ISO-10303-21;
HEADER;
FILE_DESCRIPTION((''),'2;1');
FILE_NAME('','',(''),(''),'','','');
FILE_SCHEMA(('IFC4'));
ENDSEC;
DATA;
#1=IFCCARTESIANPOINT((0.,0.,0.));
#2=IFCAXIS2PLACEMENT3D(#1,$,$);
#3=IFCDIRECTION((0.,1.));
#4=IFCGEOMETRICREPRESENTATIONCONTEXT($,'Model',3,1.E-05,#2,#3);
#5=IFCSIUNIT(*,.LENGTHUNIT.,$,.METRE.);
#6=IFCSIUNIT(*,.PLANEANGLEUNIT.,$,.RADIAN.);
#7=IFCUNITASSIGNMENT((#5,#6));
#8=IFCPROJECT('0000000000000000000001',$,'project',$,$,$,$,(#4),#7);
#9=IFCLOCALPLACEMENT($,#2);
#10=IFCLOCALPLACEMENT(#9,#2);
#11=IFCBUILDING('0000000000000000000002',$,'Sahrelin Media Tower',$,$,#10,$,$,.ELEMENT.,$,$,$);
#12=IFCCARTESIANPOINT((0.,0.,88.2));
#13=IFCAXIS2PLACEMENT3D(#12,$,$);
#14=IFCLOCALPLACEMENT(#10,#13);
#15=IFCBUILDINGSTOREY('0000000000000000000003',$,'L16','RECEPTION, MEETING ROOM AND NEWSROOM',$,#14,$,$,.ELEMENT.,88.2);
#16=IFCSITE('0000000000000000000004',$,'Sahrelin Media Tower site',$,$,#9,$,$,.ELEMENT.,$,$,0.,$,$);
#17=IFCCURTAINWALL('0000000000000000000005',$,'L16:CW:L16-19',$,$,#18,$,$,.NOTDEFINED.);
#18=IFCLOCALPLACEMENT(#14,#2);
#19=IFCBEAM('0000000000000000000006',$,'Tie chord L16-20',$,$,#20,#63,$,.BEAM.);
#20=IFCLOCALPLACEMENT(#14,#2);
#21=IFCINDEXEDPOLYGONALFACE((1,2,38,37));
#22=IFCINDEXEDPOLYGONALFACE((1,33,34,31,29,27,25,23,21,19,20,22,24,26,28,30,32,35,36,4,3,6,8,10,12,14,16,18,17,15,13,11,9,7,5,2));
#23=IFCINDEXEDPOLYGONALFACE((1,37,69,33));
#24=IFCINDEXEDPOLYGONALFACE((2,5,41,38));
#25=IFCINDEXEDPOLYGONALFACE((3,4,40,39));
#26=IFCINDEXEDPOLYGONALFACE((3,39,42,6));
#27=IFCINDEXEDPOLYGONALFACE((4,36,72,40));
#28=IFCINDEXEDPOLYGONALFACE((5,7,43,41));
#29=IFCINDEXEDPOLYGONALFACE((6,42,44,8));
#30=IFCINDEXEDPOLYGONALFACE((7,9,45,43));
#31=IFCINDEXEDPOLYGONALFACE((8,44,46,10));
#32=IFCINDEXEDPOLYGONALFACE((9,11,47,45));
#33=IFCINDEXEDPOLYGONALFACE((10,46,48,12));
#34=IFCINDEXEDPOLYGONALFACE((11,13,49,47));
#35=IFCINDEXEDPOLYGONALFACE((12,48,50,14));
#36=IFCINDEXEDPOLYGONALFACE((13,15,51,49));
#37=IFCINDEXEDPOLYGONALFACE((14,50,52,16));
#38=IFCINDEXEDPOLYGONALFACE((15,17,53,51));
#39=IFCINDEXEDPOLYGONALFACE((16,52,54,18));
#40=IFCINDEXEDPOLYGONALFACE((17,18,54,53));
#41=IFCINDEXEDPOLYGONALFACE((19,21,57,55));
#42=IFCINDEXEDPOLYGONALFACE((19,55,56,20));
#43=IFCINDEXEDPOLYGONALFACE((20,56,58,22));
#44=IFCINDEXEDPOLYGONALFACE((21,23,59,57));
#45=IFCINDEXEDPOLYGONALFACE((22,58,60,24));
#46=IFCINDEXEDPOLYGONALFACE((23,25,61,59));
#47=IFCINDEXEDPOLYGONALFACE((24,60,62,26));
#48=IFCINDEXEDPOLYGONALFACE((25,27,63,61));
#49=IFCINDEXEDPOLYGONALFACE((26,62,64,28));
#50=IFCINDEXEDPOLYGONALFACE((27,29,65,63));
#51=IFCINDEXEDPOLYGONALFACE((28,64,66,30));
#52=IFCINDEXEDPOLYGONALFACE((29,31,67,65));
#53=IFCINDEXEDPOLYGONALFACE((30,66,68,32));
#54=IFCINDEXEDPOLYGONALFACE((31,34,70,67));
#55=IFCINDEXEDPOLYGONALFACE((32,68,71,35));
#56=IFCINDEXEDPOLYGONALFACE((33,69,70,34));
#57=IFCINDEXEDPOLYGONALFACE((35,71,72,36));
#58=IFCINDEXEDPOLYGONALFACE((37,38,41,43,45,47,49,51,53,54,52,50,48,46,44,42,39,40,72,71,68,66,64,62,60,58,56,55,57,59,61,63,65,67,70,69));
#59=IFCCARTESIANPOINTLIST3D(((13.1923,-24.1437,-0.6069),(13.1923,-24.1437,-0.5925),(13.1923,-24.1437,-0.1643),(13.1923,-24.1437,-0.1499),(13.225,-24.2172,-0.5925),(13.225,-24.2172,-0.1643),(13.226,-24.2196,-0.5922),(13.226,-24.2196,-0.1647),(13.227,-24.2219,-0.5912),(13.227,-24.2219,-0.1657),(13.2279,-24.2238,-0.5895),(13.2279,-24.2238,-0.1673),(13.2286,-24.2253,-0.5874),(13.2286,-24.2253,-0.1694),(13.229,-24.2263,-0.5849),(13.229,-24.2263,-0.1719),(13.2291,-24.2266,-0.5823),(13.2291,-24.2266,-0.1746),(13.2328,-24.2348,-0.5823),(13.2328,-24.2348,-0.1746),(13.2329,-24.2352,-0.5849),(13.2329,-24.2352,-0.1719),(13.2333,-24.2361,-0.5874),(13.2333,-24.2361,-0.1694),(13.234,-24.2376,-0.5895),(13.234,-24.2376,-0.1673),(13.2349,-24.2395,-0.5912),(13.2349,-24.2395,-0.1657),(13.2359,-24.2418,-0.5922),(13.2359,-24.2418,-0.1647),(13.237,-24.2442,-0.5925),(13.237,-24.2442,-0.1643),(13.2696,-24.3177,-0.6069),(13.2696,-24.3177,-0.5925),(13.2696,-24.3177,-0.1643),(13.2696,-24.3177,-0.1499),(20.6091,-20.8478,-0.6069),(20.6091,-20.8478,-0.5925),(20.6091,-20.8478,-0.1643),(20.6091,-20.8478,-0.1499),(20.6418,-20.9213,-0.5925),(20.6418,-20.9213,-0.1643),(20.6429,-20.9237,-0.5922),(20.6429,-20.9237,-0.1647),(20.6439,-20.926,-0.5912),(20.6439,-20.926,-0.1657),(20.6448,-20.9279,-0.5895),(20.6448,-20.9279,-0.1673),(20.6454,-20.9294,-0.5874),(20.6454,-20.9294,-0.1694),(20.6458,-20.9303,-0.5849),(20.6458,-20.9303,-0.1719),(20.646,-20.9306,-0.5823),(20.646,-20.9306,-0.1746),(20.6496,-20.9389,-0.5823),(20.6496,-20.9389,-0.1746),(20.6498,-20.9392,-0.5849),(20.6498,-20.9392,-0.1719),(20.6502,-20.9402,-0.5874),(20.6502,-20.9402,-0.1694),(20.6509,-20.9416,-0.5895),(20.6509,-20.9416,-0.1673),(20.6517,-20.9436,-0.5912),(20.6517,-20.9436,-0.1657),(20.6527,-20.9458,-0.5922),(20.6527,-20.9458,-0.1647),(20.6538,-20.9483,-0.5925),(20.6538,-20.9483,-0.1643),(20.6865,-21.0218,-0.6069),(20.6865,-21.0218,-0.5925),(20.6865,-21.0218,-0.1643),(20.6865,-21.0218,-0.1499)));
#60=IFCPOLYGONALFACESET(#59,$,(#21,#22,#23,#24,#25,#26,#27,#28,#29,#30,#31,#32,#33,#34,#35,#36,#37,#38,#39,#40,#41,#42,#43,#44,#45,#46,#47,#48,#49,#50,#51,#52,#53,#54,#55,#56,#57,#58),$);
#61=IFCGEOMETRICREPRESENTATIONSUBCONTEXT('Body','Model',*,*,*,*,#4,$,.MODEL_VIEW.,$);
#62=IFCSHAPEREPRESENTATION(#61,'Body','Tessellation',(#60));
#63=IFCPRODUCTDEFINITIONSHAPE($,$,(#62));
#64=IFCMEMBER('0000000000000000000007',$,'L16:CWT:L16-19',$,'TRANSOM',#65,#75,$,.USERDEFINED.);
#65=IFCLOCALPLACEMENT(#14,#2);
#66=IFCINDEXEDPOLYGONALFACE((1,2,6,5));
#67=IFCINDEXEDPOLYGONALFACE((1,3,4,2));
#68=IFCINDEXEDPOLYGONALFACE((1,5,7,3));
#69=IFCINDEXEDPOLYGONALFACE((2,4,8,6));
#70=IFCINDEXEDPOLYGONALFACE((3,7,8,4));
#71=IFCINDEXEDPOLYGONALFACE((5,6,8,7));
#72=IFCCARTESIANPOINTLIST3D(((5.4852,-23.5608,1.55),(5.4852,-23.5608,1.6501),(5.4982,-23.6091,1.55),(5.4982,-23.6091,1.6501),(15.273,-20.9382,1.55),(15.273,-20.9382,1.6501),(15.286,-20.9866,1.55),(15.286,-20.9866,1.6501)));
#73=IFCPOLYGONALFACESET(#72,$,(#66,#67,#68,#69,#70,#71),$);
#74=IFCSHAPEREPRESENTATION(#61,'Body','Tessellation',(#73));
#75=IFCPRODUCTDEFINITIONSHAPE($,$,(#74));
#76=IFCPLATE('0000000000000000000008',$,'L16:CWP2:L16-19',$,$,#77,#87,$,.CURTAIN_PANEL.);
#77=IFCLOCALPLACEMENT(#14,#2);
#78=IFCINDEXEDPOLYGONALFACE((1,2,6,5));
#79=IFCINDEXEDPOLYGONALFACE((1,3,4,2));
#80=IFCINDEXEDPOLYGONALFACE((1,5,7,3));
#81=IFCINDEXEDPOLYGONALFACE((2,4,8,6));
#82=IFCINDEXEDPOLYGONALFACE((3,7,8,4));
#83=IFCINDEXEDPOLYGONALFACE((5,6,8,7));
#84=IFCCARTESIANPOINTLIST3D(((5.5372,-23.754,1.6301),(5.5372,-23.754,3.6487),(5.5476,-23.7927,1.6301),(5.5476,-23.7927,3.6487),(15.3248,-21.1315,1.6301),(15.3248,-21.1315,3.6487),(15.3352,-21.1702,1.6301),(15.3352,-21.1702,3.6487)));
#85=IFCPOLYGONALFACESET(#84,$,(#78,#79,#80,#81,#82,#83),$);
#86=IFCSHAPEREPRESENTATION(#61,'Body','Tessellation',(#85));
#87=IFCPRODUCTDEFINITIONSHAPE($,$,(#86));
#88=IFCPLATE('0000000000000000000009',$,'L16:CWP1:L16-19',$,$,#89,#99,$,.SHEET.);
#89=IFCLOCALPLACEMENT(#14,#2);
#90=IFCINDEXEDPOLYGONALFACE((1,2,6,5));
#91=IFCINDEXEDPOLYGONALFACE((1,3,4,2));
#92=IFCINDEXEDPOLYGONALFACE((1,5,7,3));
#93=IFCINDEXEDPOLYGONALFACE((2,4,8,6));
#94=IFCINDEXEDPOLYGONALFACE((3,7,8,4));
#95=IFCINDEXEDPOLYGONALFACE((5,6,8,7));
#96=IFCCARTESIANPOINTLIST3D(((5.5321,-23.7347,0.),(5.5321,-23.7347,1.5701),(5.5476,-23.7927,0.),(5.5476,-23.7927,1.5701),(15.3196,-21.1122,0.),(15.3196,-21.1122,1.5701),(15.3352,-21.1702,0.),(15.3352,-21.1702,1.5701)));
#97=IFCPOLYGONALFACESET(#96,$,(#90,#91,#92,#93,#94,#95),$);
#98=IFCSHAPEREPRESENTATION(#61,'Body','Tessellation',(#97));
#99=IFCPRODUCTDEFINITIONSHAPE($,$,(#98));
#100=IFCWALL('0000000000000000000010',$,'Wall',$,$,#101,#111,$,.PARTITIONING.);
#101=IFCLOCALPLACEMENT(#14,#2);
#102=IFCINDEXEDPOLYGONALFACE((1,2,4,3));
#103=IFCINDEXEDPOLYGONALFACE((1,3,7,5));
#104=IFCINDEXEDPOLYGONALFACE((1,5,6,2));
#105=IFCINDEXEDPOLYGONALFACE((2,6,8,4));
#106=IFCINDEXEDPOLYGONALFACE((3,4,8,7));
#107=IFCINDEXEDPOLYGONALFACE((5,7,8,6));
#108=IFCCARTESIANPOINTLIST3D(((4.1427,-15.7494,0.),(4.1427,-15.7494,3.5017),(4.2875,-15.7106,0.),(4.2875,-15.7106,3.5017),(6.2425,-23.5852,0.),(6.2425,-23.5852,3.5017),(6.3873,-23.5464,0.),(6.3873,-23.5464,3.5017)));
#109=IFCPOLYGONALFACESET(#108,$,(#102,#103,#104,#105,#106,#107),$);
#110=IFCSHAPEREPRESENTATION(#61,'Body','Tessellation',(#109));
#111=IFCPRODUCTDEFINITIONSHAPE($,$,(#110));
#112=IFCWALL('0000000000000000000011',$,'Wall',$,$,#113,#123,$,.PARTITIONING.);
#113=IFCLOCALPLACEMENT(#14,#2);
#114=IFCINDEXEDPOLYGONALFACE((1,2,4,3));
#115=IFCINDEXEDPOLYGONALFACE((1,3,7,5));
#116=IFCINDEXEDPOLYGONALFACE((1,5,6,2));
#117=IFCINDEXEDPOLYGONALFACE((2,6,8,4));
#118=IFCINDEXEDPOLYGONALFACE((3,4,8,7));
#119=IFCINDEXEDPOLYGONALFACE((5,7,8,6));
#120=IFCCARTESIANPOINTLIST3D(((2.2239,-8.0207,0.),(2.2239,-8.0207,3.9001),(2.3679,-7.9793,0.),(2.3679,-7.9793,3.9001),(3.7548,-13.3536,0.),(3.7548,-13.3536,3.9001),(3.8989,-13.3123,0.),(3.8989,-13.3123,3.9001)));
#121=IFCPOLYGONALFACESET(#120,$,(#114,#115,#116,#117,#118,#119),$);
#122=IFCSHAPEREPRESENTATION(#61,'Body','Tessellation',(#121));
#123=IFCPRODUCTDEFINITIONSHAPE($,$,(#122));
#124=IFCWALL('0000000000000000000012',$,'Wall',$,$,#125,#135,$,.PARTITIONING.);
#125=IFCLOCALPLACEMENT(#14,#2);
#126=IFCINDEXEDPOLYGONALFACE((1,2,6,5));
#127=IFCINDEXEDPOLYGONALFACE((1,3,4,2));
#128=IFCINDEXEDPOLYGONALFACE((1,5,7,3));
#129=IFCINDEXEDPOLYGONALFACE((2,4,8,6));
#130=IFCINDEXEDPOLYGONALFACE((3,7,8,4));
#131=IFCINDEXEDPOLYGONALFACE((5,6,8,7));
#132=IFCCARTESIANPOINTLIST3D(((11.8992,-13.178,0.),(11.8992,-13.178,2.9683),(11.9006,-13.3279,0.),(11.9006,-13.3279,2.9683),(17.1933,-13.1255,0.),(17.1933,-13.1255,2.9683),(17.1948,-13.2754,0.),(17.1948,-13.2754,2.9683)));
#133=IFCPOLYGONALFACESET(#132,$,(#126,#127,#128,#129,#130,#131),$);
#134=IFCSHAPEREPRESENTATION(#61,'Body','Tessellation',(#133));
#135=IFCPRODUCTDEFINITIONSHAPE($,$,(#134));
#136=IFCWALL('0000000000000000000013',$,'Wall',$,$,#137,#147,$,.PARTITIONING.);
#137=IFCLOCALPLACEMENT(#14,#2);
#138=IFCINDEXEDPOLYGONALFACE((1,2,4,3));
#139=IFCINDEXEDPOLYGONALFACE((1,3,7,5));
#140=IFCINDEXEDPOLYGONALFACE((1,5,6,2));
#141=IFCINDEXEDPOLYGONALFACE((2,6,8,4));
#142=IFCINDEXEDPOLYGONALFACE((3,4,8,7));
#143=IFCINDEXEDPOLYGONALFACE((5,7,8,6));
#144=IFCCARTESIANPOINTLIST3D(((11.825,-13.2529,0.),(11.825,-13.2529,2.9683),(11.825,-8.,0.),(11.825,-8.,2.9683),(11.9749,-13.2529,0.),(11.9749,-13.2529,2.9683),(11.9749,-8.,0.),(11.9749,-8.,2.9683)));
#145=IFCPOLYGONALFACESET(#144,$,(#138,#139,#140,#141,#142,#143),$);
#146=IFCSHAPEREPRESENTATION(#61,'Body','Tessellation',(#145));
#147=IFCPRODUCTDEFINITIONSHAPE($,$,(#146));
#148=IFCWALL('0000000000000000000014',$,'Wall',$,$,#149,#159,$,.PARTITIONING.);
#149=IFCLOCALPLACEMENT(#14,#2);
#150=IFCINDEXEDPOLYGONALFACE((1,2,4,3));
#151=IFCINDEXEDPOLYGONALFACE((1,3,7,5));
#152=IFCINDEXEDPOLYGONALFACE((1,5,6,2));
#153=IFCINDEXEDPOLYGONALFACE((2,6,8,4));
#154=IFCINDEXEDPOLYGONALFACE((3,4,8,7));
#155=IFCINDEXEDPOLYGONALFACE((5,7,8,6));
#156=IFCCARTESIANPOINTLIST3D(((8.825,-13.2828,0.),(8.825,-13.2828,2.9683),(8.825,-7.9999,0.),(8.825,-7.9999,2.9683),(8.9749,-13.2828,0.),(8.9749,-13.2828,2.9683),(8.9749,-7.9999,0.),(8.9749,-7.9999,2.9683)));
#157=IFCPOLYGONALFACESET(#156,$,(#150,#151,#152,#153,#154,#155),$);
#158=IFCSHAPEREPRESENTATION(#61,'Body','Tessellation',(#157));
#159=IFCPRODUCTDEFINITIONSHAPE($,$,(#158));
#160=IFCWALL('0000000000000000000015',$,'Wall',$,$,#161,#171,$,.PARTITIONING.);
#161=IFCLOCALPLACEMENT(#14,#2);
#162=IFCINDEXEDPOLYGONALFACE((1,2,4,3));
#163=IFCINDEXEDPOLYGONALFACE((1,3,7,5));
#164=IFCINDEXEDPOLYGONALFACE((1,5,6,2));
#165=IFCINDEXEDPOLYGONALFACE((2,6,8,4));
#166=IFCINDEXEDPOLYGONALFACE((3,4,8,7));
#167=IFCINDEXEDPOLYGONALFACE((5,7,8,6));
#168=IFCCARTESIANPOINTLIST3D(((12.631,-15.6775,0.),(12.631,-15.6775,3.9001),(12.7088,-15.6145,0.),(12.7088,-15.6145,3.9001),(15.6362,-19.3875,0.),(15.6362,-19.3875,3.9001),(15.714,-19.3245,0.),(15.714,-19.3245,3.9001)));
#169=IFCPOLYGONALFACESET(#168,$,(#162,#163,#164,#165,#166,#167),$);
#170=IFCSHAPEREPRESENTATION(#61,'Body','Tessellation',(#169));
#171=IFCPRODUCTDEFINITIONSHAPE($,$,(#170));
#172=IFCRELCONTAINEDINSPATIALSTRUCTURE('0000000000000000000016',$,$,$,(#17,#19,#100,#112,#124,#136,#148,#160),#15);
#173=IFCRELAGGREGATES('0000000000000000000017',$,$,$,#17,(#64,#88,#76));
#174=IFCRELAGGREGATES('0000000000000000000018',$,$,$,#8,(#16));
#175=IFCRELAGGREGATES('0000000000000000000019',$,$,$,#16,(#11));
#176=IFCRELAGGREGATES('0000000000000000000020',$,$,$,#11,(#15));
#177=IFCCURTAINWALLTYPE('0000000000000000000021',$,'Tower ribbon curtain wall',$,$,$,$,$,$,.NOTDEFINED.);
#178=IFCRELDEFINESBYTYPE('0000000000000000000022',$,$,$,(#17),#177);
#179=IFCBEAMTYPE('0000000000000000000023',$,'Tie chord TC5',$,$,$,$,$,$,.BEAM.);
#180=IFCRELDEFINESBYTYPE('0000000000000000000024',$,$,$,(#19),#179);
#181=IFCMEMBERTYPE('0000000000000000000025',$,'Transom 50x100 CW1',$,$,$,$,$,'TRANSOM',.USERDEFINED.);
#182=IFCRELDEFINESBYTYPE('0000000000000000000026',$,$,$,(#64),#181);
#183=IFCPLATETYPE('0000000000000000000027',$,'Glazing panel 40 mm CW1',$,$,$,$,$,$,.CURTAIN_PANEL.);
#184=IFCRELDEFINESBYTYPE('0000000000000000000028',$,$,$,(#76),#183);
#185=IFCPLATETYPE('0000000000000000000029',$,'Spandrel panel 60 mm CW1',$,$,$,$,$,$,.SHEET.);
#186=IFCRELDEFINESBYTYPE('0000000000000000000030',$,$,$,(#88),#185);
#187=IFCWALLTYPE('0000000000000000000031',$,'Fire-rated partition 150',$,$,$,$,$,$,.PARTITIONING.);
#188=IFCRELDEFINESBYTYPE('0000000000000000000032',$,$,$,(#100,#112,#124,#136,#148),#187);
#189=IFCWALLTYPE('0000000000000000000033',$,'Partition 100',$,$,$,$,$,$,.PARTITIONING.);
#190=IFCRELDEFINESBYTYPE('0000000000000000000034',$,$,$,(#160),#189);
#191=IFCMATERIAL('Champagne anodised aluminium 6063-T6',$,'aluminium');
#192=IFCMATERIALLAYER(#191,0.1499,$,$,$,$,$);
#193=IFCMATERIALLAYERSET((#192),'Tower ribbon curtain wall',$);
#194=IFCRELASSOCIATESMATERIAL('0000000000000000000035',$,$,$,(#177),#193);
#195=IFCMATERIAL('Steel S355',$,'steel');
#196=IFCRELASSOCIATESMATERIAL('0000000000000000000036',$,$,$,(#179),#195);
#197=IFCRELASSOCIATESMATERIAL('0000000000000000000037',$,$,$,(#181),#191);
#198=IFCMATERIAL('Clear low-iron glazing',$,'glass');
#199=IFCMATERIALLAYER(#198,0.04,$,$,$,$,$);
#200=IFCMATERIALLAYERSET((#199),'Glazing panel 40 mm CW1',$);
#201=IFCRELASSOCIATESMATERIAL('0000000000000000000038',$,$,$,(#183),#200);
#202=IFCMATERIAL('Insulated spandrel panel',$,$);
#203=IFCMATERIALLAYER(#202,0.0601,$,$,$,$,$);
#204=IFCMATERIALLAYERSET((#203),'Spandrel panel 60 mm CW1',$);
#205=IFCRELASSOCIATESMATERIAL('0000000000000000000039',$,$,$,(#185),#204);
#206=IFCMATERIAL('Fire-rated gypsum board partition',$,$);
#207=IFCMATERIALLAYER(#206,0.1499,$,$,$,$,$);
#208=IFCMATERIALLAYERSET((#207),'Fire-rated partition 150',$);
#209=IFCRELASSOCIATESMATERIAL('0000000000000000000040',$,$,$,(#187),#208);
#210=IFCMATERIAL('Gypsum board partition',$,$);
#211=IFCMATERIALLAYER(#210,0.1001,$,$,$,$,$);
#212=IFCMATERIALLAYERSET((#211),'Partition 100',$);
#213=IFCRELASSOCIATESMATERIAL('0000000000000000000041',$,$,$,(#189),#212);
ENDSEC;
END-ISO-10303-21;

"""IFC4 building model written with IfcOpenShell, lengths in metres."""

from ifc_helpers import new_model, si_unit, direction, frame, frame_2d, origin, origin_2d, place, context, subcontext, project, spatial, polyline, rectangle, i_section, outline, extrude, material, layer, layer_set, material_profile, profile_set, type_object, element, aggregate, save


model = new_model("IFC4")

# Units and contexts
model_context = context("Model", 3, precision=1e-05, world=origin(), true_north=direction((0.0, 1.0)))
body_context = subcontext(model_context, "Body", "Model", "MODEL_VIEW")
ifc_project = project(units=[si_unit("LENGTHUNIT", "METRE"), si_unit("PLANEANGLEUNIT", "RADIAN")], contexts=[model_context])

# Site, building, storey
site_placement = place(None, origin())
site = spatial("IfcSite", under=ifc_project, at=site_placement, Name="Sahrelin Media Tower site", CompositionType="ELEMENT", RefElevation=0.0)
building_placement = place(site_placement, origin())
building = spatial("IfcBuilding", under=site, at=building_placement, Name="Sahrelin Media Tower", CompositionType="ELEMENT")
storey_placement = place(building_placement, frame((0.0, 0.0, 88.2)))
storey = spatial("IfcBuildingStorey", under=building, at=storey_placement, Name="L16", Description="RECEPTION, MEETING ROOM AND NEWSROOM", CompositionType="ELEMENT", Elevation=88.2)

# Shared definitions
ifc_material_1 = material(Name="Steel S355", Category="steel")

# Curtain wall
ifc_material_2 = material(Name="Champagne anodised aluminium 6063-T6", Category="aluminium")
ifc_layer_1 = layer(ifc_material_2, 0.1499)
ifc_layer_set_1 = layer_set([ifc_layer_1], Name="Tower ribbon curtain wall")
curtain_wall_type = type_object("IfcCurtainWallType", Name="Tower ribbon curtain wall", PredefinedType="NOTDEFINED", material=ifc_layer_set_1)
curtain_wall_1_placement = place(storey_placement, frame((10.4363, -22.4622, 0.0), z_axis=(0.0, 0.0, 1.0), x_axis=(1.0, 0.0, 0.0)))
curtain_wall_1 = element("IfcCurtainWall", 1, at=curtain_wall_1_placement, inside=storey, type_object=curtain_wall_type, Name="L16:CW:L16-19", PredefinedType="NOTDEFINED")

# Beam
ifc_material_profile_1 = material_profile(ifc_material_1, i_section(OverallWidth=0.1904, OverallDepth=0.457, WebThickness=0.009, FlangeThickness=0.0144, FilletRadius=0.0103, at=origin_2d()), Name="UB 457x191x74")
ifc_profile_set_1 = profile_set([ifc_material_profile_1], Name="Steel S355")
beam_type_1 = type_object("IfcBeamType", Name="Tie chord TC5", PredefinedType="BEAM", material=ifc_profile_set_1)
beam_1_placement = place(storey_placement, frame((13.231, -24.2307, -0.3784), z_axis=(0.913831, 0.406094, 0.0), x_axis=(-0.406094, 0.913831, 0.0)))
element("IfcBeam", 2, at=beam_1_placement, inside=storey, type_object=beam_type_1, Name="Tie chord L16-20", PredefinedType="BEAM", context=body_context, shape_type="SweptSolid", body=[
    extrude(i_section(OverallWidth=0.1904, OverallDepth=0.457, WebThickness=0.009, FlangeThickness=0.0144, FilletRadius=0.0103, at=origin_2d()), origin(), (0.0, 0.0, 1.0), 8.1162),
])

# Member
ifc_material_profile_2 = material_profile(ifc_material_2, rectangle(XDim=0.05, YDim=0.1001, at=origin_2d()), Name="Transom 50x100")
ifc_profile_set_2 = profile_set([ifc_material_profile_2], Name="Champagne anodised aluminium 6063-T6")
member_type_1 = type_object("IfcMemberType", Name="Transom 50x100 CW1", ElementType="TRANSOM", PredefinedType="USERDEFINED", material=ifc_profile_set_2)
member_1_placement = place(storey_placement, frame((5.4917, -23.585, 1.6001), z_axis=(0.965928, 0.258811, 0.0), x_axis=(-0.258811, 0.965928, 0.0)))
member_1 = element("IfcMember", 3, at=member_1_placement, type_object=member_type_1, Name="L16:CWT:L16-19", ObjectType="TRANSOM", PredefinedType="USERDEFINED", context=body_context, shape_type="SweptSolid", body=[
    extrude(rectangle(XDim=0.05, YDim=0.1001, at=origin_2d()), origin(), (0.0, 0.0, 1.0), 10.1331),
])

# Plates
ifc_material_3 = material(Name="Clear low-iron glazing", Category="glass")
ifc_layer_2 = layer(ifc_material_3, 0.04)
ifc_layer_set_2 = layer_set([ifc_layer_2], Name="Glazing panel 40 mm CW1")
plate_type_1 = type_object("IfcPlateType", Name="Glazing panel 40 mm CW1", PredefinedType="CURTAIN_PANEL", material=ifc_layer_set_2)
plate_1_placement = place(storey_placement, frame((5.5476, -23.7927, 1.6301), z_axis=(0.258817, -0.965926, 0.0), x_axis=(0.965926, 0.258817, 0.0)))
plate_1 = element("IfcPlate", 4, at=plate_1_placement, type_object=plate_type_1, Name="L16:CWP2:L16-19", PredefinedType="CURTAIN_PANEL", context=body_context, shape_type="SweptSolid", body=[
    extrude(outline(polyline([(0.0, 0.0), (10.1328, 0.0), (10.1328, 2.0186), (0.0, 2.0186), (0.0, 0.0)])), origin(), (0.0, 0.0, -1.0), 0.04),
])
ifc_material_4 = material(Name="Insulated spandrel panel")
ifc_layer_3 = layer(ifc_material_4, 0.0601)
ifc_layer_set_3 = layer_set([ifc_layer_3], Name="Spandrel panel 60 mm CW1")
plate_type_2 = type_object("IfcPlateType", Name="Spandrel panel 60 mm CW1", PredefinedType="SHEET", material=ifc_layer_set_3)
plate_2_placement = place(storey_placement, frame((5.5476, -23.7927, 0.0), z_axis=(0.258817, -0.965926, 0.0), x_axis=(0.965926, 0.258817, 0.0)))
plate_2 = element("IfcPlate", 5, at=plate_2_placement, type_object=plate_type_2, Name="L16:CWP1:L16-19", PredefinedType="SHEET", context=body_context, shape_type="SweptSolid", body=[
    extrude(outline(polyline([(0.0, 0.0), (10.1328, 0.0), (10.1328, 1.5701), (0.0, 1.5701), (0.0, 0.0)])), origin(), (0.0, 0.0, -1.0), 0.0601),
])
aggregate(curtain_wall_1, [member_1, plate_2, plate_1])

# Walls
ifc_material_5 = material(Name="Fire-rated gypsum board partition")
ifc_layer_4 = layer(ifc_material_5, 0.1499)
ifc_layer_set_4 = layer_set([ifc_layer_4], Name="Fire-rated partition 150")
wall_type_1 = type_object("IfcWallType", Name="Fire-rated partition 150", PredefinedType="PARTITIONING", material=ifc_layer_set_4)
wall_1_placement = place(storey_placement, frame((4.2151, -15.73, 0.0), z_axis=(0.0, 0.0, 1.0), x_axis=(0.258844, -0.965919, 0.0)))
element("IfcWall", 6, at=wall_1_placement, inside=storey, type_object=wall_type_1, Name="Wall", PredefinedType="PARTITIONING", context=body_context, shape_type="SweptSolid", body=[
    extrude(rectangle(XDim=8.1123, YDim=0.1499, at=frame_2d((4.0562, 0.0))), origin(), (0.0, 0.0, 1.0), 3.5017),
])
wall_2_placement = place(storey_placement, frame((2.2959, -8.0, 0.0), z_axis=(0.0, 0.0, 1.0), x_axis=(0.275936, -0.961176, 0.0)))
element("IfcWall", 7, at=wall_2_placement, inside=storey, type_object=wall_type_1, Name="Wall", PredefinedType="PARTITIONING", context=body_context, shape_type="SweptSolid", body=[
    extrude(rectangle(XDim=5.5483, YDim=0.1499, at=frame_2d((2.7742, 0.0))), origin(), (0.0, 0.0, 1.0), 3.9001),
])
wall_3_placement = place(storey_placement, frame((11.8999, -13.2529, 0.0), z_axis=(0.0, 0.0, 1.0), x_axis=(0.999951, 0.009914, 0.0)))
element("IfcWall", 8, at=wall_3_placement, inside=storey, type_object=wall_type_1, Name="Wall", PredefinedType="PARTITIONING", context=body_context, shape_type="SweptSolid", body=[
    extrude(rectangle(XDim=5.2944, YDim=0.1499, at=frame_2d((2.6472, 0.0))), origin(), (0.0, 0.0, 1.0), 2.9683),
])
wall_4_placement = place(storey_placement, frame((11.8999, -13.2529, 0.0), z_axis=(0.0, 0.0, 1.0), x_axis=(0.0, 1.0, 0.0)))
element("IfcWall", 9, at=wall_4_placement, inside=storey, type_object=wall_type_1, Name="Wall", PredefinedType="PARTITIONING", context=body_context, shape_type="SweptSolid", body=[
    extrude(rectangle(XDim=5.2529, YDim=0.1499, at=frame_2d((2.6265, 0.0))), origin(), (0.0, 0.0, 1.0), 2.9683),
])
wall_5_placement = place(storey_placement, frame((8.8999, -13.283, 0.0), z_axis=(0.0, 0.0, 1.0), x_axis=(0.0, 1.0, 0.0)))
element("IfcWall", 10, at=wall_5_placement, inside=storey, type_object=wall_type_1, Name="Wall", PredefinedType="PARTITIONING", context=body_context, shape_type="SweptSolid", body=[
    extrude(rectangle(XDim=5.283, YDim=0.1499, at=frame_2d((2.6416, 0.0))), origin(), (0.0, 0.0, 1.0), 2.9683),
])
ifc_material_6 = material(Name="Gypsum board partition")
ifc_layer_5 = layer(ifc_material_6, 0.1001)
ifc_layer_set_5 = layer_set([ifc_layer_5], Name="Partition 100")
wall_type_2 = type_object("IfcWallType", Name="Partition 100", PredefinedType="PARTITIONING", material=ifc_layer_set_5)
wall_6_placement = place(storey_placement, frame((12.6699, -15.646, 0.0), z_axis=(0.0, 0.0, 1.0), x_axis=(0.629429, -0.777058, 0.0)))
element("IfcWall", 11, at=wall_6_placement, inside=storey, type_object=wall_type_2, Name="Wall", PredefinedType="PARTITIONING", context=body_context, shape_type="SweptSolid", body=[
    extrude(rectangle(XDim=4.7744, YDim=0.1001, at=frame_2d((2.3872, 0.0))), origin(), (0.0, 0.0, 1.0), 3.9001),
])

save(model, "model.ifc")
